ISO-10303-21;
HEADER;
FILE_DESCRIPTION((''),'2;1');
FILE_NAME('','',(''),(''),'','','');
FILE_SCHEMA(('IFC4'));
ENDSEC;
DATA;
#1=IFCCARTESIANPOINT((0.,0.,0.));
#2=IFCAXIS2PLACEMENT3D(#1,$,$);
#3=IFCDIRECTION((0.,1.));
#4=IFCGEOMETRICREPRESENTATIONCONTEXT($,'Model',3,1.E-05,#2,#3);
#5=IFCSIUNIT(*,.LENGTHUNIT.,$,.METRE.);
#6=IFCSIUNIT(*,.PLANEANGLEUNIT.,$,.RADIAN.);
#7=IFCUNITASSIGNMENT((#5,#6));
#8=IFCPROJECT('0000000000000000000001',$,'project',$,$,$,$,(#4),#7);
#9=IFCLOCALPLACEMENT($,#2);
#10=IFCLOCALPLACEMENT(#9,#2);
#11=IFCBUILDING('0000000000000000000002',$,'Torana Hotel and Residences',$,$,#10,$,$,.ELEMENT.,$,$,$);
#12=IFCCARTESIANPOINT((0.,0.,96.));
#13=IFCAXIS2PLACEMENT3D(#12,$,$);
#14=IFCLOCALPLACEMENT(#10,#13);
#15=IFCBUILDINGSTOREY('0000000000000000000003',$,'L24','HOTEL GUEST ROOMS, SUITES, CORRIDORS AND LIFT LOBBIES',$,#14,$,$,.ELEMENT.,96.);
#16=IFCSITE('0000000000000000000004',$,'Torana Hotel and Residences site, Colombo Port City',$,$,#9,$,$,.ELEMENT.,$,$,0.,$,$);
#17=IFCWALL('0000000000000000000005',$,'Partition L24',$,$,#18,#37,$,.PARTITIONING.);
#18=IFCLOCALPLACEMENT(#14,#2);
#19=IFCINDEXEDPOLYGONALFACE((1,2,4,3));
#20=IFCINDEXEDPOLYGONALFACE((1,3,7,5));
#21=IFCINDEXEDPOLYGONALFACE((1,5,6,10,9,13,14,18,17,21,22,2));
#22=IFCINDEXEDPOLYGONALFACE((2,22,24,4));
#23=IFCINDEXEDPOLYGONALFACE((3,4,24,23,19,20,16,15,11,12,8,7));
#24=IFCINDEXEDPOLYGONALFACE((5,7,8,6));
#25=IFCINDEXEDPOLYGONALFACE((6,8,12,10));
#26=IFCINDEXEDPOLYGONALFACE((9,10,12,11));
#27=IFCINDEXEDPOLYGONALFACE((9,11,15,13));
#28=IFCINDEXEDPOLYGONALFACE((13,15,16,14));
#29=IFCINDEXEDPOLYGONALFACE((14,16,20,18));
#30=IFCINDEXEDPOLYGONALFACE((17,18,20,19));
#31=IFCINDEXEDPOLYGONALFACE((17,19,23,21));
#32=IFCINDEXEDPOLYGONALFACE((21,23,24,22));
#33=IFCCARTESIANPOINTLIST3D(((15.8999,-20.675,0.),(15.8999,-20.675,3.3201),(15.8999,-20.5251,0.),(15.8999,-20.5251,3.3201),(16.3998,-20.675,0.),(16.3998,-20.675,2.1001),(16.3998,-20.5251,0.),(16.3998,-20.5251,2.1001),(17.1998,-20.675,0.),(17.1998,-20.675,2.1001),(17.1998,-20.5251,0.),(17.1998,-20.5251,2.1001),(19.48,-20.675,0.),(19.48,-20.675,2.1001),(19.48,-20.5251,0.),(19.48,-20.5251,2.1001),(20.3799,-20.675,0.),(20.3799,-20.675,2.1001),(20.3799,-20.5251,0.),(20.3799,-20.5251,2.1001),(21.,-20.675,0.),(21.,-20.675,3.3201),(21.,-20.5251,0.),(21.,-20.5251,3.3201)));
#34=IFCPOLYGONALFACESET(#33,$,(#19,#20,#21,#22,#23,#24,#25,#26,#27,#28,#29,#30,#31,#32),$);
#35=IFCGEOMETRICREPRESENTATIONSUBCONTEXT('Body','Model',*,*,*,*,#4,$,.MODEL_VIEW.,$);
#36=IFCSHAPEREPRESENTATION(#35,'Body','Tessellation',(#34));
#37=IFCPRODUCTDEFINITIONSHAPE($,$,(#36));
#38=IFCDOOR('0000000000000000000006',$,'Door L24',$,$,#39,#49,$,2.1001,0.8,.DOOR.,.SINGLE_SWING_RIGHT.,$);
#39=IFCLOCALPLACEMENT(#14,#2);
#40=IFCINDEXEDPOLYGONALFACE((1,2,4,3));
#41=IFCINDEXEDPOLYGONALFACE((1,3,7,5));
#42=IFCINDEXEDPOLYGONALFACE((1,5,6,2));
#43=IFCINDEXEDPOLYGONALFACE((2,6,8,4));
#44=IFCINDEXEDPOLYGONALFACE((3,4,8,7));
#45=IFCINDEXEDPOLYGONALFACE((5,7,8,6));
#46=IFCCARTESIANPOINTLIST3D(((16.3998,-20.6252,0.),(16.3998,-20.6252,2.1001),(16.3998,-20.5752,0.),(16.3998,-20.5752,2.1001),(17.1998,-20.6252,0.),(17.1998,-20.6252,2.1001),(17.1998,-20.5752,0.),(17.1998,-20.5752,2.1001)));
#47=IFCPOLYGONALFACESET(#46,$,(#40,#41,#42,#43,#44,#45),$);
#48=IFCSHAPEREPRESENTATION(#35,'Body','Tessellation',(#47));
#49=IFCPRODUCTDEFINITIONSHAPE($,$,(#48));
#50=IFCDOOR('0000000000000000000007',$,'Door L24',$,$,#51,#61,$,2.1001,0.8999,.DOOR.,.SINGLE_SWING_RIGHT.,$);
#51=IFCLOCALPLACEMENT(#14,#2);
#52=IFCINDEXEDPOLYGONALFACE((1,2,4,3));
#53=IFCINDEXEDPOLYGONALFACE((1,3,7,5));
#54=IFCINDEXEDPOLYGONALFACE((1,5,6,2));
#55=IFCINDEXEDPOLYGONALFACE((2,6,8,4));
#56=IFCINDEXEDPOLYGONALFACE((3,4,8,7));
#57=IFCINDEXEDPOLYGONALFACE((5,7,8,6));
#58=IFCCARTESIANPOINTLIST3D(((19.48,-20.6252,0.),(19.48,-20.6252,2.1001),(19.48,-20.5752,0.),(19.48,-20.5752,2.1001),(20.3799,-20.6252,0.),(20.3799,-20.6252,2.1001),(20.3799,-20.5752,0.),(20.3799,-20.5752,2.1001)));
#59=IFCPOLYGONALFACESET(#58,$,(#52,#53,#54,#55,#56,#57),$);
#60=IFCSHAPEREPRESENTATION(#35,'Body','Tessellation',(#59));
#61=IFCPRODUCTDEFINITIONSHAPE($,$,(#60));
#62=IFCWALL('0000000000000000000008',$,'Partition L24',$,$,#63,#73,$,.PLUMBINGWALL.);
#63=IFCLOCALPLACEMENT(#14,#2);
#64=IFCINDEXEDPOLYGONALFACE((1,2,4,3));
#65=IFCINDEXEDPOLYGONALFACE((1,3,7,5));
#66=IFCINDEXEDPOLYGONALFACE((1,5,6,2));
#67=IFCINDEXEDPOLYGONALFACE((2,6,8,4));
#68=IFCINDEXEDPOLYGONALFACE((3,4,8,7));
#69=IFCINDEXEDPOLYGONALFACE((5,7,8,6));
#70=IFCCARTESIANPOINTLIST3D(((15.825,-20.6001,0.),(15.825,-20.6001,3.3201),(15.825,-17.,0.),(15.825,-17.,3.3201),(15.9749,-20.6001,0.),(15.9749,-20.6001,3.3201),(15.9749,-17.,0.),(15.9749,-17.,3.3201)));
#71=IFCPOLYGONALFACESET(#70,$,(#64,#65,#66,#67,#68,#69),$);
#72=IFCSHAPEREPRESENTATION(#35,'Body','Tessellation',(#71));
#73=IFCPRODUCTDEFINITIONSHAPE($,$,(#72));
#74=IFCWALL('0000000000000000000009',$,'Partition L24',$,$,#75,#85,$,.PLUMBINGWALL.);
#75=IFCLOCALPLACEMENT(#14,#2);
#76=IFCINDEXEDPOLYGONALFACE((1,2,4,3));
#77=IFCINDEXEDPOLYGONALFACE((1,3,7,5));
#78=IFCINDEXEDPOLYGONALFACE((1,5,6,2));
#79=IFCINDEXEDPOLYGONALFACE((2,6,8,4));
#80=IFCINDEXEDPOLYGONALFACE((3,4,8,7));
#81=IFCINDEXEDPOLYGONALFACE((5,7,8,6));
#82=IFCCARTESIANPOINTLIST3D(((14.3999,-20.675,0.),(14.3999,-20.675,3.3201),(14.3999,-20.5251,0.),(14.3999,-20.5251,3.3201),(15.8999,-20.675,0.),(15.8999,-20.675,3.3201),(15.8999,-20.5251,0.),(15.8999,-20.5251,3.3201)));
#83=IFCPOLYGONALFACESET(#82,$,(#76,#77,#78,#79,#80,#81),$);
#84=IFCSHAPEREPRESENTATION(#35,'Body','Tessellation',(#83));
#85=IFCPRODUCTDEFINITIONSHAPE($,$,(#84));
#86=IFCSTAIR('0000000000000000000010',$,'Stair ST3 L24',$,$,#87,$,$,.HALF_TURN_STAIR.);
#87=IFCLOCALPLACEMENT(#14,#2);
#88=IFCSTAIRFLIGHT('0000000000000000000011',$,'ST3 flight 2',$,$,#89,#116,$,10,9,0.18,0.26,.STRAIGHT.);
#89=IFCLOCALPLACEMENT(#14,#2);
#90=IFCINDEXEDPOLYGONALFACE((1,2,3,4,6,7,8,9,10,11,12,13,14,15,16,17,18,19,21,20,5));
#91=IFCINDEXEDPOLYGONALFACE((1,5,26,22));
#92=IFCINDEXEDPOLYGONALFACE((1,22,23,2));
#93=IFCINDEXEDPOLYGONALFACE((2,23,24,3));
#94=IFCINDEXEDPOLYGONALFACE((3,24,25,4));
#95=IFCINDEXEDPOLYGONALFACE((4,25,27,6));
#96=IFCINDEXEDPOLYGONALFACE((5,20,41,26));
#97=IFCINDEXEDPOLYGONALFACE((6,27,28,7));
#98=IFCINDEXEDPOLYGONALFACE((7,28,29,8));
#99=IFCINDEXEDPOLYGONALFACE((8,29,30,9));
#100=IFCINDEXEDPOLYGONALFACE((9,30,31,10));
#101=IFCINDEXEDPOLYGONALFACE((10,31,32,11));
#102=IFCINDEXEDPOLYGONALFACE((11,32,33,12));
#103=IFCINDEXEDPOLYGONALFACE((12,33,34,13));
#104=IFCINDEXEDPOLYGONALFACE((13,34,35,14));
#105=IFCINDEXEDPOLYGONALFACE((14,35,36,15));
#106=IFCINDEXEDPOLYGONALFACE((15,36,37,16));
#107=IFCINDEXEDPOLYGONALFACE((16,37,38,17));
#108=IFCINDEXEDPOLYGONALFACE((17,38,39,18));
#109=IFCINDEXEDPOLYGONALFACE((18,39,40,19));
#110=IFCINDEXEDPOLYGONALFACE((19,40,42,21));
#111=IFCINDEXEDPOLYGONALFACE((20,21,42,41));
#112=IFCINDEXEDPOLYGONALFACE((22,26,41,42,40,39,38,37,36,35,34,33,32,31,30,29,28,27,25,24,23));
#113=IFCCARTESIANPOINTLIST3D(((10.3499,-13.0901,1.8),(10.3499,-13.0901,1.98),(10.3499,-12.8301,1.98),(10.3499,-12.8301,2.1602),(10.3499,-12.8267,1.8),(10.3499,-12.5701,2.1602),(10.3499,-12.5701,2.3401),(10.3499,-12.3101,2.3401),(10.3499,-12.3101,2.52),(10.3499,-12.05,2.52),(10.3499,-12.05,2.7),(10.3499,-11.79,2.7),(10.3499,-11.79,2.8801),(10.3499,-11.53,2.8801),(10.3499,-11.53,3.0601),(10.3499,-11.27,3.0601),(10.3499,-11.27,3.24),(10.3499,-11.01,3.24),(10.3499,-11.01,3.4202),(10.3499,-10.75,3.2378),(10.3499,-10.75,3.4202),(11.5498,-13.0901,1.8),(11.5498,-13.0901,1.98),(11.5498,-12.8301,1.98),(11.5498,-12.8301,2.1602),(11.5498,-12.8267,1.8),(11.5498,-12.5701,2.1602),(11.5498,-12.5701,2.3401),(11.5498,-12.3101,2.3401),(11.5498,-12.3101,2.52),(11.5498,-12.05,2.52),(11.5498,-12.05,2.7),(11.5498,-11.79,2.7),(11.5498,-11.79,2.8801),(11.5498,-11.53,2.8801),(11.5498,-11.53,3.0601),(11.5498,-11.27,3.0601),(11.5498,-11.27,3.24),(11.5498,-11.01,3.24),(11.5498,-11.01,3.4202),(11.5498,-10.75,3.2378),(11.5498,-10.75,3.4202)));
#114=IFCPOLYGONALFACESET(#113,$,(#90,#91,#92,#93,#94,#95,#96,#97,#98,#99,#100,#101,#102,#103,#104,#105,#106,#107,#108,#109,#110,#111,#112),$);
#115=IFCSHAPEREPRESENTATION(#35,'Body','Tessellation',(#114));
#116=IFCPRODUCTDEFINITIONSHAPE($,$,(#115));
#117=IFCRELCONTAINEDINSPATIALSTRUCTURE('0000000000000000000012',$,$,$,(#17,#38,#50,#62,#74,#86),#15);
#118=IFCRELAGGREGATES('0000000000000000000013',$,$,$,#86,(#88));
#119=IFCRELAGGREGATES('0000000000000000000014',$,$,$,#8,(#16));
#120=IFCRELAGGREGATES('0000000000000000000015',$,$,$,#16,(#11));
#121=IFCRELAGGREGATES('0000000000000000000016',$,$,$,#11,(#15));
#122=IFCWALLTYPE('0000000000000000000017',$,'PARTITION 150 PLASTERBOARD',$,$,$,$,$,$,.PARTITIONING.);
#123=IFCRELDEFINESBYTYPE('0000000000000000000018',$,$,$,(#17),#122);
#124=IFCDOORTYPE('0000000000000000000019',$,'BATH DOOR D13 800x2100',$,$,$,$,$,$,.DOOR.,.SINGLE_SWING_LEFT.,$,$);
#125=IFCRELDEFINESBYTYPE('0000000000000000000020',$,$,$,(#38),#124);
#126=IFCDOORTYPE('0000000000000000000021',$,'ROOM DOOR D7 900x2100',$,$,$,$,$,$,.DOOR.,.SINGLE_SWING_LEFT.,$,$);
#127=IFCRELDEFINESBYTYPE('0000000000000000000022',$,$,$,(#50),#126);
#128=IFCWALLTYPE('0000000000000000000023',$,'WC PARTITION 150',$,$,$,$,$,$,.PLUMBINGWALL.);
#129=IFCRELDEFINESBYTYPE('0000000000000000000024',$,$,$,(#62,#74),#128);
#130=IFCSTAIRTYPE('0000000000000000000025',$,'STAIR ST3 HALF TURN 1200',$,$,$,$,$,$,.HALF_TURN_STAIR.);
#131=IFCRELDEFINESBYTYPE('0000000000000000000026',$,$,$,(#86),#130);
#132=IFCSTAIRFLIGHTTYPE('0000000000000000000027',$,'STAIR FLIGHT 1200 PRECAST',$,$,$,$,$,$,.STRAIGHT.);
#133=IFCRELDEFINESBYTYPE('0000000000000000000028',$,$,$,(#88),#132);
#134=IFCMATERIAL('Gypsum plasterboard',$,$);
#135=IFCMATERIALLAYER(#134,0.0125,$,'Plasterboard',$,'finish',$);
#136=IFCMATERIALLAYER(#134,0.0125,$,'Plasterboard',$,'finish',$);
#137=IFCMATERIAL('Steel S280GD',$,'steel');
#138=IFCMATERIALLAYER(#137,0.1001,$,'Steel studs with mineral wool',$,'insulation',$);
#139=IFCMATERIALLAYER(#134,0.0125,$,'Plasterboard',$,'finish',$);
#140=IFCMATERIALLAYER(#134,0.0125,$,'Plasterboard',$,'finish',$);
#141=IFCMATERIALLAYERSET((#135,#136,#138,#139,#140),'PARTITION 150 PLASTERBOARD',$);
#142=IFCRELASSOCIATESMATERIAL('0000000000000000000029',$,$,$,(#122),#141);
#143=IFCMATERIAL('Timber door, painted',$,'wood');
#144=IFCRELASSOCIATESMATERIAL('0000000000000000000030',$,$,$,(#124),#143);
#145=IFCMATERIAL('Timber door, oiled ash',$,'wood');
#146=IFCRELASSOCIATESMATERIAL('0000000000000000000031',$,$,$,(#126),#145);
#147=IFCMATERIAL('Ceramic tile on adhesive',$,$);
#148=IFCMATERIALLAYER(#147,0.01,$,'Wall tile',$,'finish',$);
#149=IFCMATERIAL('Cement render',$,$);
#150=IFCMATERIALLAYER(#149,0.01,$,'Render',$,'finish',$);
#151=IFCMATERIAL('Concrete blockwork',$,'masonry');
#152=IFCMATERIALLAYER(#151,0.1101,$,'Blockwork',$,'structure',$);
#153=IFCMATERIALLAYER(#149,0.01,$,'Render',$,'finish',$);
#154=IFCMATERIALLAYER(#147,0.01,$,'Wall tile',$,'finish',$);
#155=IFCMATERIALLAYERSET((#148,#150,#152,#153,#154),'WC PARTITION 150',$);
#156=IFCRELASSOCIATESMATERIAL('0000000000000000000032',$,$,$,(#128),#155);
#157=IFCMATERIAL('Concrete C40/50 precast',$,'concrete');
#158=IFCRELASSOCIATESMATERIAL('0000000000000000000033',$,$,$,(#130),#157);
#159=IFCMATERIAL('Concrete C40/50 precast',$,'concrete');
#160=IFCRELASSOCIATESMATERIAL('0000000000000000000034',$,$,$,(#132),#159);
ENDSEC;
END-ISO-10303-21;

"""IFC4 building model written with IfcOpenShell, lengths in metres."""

from ifc_helpers import new_model, si_unit, direction, frame, frame_2d, origin, place, context, subcontext, project, spatial, polyline, rectangle, outline, extrude, material, layer, layer_set, type_object, element, fill, aggregate, save


model = new_model("IFC4")

# Units and contexts
model_context = context("Model", 3, precision=1e-05, world=origin(), true_north=direction((0.0, 1.0)))
body_context = subcontext(model_context, "Body", "Model", "MODEL_VIEW")
ifc_project = project(units=[si_unit("LENGTHUNIT", "METRE"), si_unit("PLANEANGLEUNIT", "RADIAN")], contexts=[model_context])

# Site, building, storey
site_placement = place(None, origin())
site = spatial("IfcSite", under=ifc_project, at=site_placement, Name="Torana Hotel and Residences site, Colombo Port City", CompositionType="ELEMENT", RefElevation=0.0)
building_placement = place(site_placement, origin())
building = spatial("IfcBuilding", under=site, at=building_placement, Name="Torana Hotel and Residences", CompositionType="ELEMENT")
storey_placement = place(building_placement, frame((0.0, 0.0, 96.0)))
storey = spatial("IfcBuildingStorey", under=building, at=storey_placement, Name="L24", Description="HOTEL GUEST ROOMS, SUITES, CORRIDORS AND LIFT LOBBIES", CompositionType="ELEMENT", Elevation=96.0)

# Shared definitions
ifc_material_1 = material(Name="Concrete blockwork", Category="masonry")

# Wall, openings, doors
ifc_material_2 = material(Name="Gypsum plasterboard")
ifc_layer_1 = layer(ifc_material_2, 0.0125, Name="Plasterboard", Category="finish")
ifc_layer_2 = layer(ifc_material_2, 0.0125, Name="Plasterboard", Category="finish")
ifc_material_3 = material(Name="Steel S280GD", Category="steel")
ifc_layer_3 = layer(ifc_material_3, 0.1001, Name="Steel studs with mineral wool", Category="insulation")
ifc_layer_4 = layer(ifc_material_2, 0.0125, Name="Plasterboard", Category="finish")
ifc_layer_5 = layer(ifc_material_2, 0.0125, Name="Plasterboard", Category="finish")
ifc_layer_set_1 = layer_set([ifc_layer_1, ifc_layer_2, ifc_layer_3, ifc_layer_4, ifc_layer_5], Name="PARTITION 150 PLASTERBOARD")
wall_type_1 = type_object("IfcWallType", Name="PARTITION 150 PLASTERBOARD", PredefinedType="PARTITIONING", material=ifc_layer_set_1)
wall_1_placement = place(storey_placement, frame((15.8999, -20.6001, 0.0), z_axis=(0.0, 0.0, 1.0), x_axis=(1.0, 0.0, 0.0)))
wall_1 = element("IfcWall", 1, at=wall_1_placement, inside=storey, type_object=wall_type_1, Name="Partition L24", PredefinedType="PARTITIONING", context=body_context, shape_type="SweptSolid", body=[
    extrude(rectangle(XDim=5.1001, YDim=0.1499, at=frame_2d((2.55, 0.0))), origin(), (0.0, 0.0, 1.0), 3.3201),
])
opening_1_placement = place(wall_1_placement, frame((0.5, 0.0, 0.0)))
opening_1 = element("IfcOpeningElement", 2, at=opening_1_placement, cuts=wall_1, PredefinedType="OPENING", context=body_context, shape_type="SweptSolid", body=[
    extrude(rectangle(XDim=0.8, YDim=2.1001, at=frame_2d((0.3999, 1.05))), frame((0.0, 0.085, 0.0), z_axis=(0.0, -1.0, 0.0), x_axis=(1.0, 0.0, 0.0)), (0.0, 0.0, 1.0), 0.1699),
])
opening_2_placement = place(wall_1_placement, frame((3.5801, 0.0, 0.0)))
opening_2 = element("IfcOpeningElement", 3, at=opening_2_placement, cuts=wall_1, PredefinedType="OPENING", context=body_context, shape_type="SweptSolid", body=[
    extrude(rectangle(XDim=0.8999, YDim=2.1001, at=frame_2d((0.45, 1.05))), frame((0.0, 0.085, 0.0), z_axis=(0.0, -1.0, 0.0), x_axis=(1.0, 0.0, 0.0)), (0.0, 0.0, 1.0), 0.1699),
])
ifc_material_4 = material(Name="Timber door, painted", Category="wood")
door_type_1 = type_object("IfcDoorType", Name="BATH DOOR D13 800x2100", OperationType="SINGLE_SWING_LEFT", PredefinedType="DOOR", material=ifc_material_4)
door_1_placement = place(opening_1_placement, origin())
door_1 = element("IfcDoor", 4, at=door_1_placement, inside=storey, type_object=door_type_1, Name="Door L24", OperationType="SINGLE_SWING_RIGHT", OverallHeight=2.1001, OverallWidth=0.8, PredefinedType="DOOR", context=body_context, shape_type="SweptSolid", body=[
    extrude(rectangle(XDim=0.8, YDim=2.1001, at=frame_2d((0.3999, 1.05))), frame((0.0, 0.0249, 0.0), z_axis=(0.0, -1.0, 0.0), x_axis=(1.0, 0.0, 0.0)), (0.0, 0.0, 1.0), 0.05),
])
fill(opening_1, door_1)
ifc_material_5 = material(Name="Timber door, oiled ash", Category="wood")
door_type_2 = type_object("IfcDoorType", Name="ROOM DOOR D7 900x2100", OperationType="SINGLE_SWING_LEFT", PredefinedType="DOOR", material=ifc_material_5)
door_2_placement = place(opening_2_placement, origin())
door_2 = element("IfcDoor", 5, at=door_2_placement, inside=storey, type_object=door_type_2, Name="Door L24", OperationType="SINGLE_SWING_RIGHT", OverallHeight=2.1001, OverallWidth=0.8999, PredefinedType="DOOR", context=body_context, shape_type="SweptSolid", body=[
    extrude(rectangle(XDim=0.8999, YDim=2.1001, at=frame_2d((0.45, 1.05))), frame((0.0, 0.0249, 0.0), z_axis=(0.0, -1.0, 0.0), x_axis=(1.0, 0.0, 0.0)), (0.0, 0.0, 1.0), 0.05),
])
fill(opening_2, door_2)

# Walls
ifc_material_6 = material(Name="Ceramic tile on adhesive")
ifc_layer_6 = layer(ifc_material_6, 0.01, Name="Wall tile", Category="finish")
ifc_material_7 = material(Name="Cement render")
ifc_layer_7 = layer(ifc_material_7, 0.01, Name="Render", Category="finish")
ifc_layer_8 = layer(ifc_material_1, 0.1101, Name="Blockwork", Category="structure")
ifc_layer_9 = layer(ifc_material_7, 0.01, Name="Render", Category="finish")
ifc_layer_10 = layer(ifc_material_6, 0.01, Name="Wall tile", Category="finish")
ifc_layer_set_2 = layer_set([ifc_layer_6, ifc_layer_7, ifc_layer_8, ifc_layer_9, ifc_layer_10], Name="WC PARTITION 150")
wall_type_2 = type_object("IfcWallType", Name="WC PARTITION 150", PredefinedType="PLUMBINGWALL", material=ifc_layer_set_2)
wall_2_placement = place(storey_placement, frame((15.8999, -20.6001, 0.0), z_axis=(0.0, 0.0, 1.0), x_axis=(0.0, 1.0, 0.0)))
element("IfcWall", 6, at=wall_2_placement, inside=storey, type_object=wall_type_2, Name="Partition L24", PredefinedType="PLUMBINGWALL", context=body_context, shape_type="SweptSolid", body=[
    extrude(rectangle(XDim=3.6001, YDim=0.1499, at=frame_2d((1.8, 0.0))), origin(), (0.0, 0.0, 1.0), 3.3201),
])
wall_3_placement = place(storey_placement, frame((14.3999, -20.6001, 0.0), z_axis=(0.0, 0.0, 1.0), x_axis=(1.0, 0.0, 0.0)))
element("IfcWall", 7, at=wall_3_placement, inside=storey, type_object=wall_type_2, Name="Partition L24", PredefinedType="PLUMBINGWALL", context=body_context, shape_type="SweptSolid", body=[
    extrude(rectangle(XDim=1.5, YDim=0.1499, at=frame_2d((0.75, 0.0))), origin(), (0.0, 0.0, 1.0), 3.3201),
])

# Stair, stair flight
ifc_material_8 = material(Name="Concrete C40/50 precast", Category="concrete")
stair_type = type_object("IfcStairType", Name="STAIR ST3 HALF TURN 1200", PredefinedType="HALF_TURN_STAIR", material=ifc_material_8)
stair_placement = place(storey_placement, origin())
stair = element("IfcStair", 8, at=stair_placement, inside=storey, type_object=stair_type, Name="Stair ST3 L24", PredefinedType="HALF_TURN_STAIR")
ifc_material_9 = material(Name="Concrete C40/50 precast", Category="concrete")
stair_flight_type = type_object("IfcStairFlightType", Name="STAIR FLIGHT 1200 PRECAST", PredefinedType="STRAIGHT", material=ifc_material_9)
stair_flight_placement = place(storey_placement, frame((10.95, -13.0901, 1.8), z_axis=(0.0, 0.0, 1.0), x_axis=(0.0, 1.0, 0.0)))
stair_flight = element("IfcStairFlight", 9, at=stair_flight_placement, type_object=stair_flight_type, Name="ST3 flight 2", NumberOfRisers=10, NumberOfTreads=9, PredefinedType="STRAIGHT", RiserHeight=0.18, TreadLength=0.26, context=body_context, shape_type="SweptSolid", body=[
    extrude(outline(polyline([(0.0, 0.0), (0.0, 0.1799), (0.26, 0.1799), (0.26, 0.3601), (0.52, 0.3601), (0.52, 0.54), (0.78, 0.54), (0.78, 0.72), (1.04, 0.72), (1.04, 0.8999), (1.3, 0.8999), (1.3, 1.0801), (1.5601, 1.0801), (1.5601, 1.26), (1.8201, 1.26), (1.8201, 1.4399), (2.0801, 1.4399), (2.0801, 1.6201), (2.3401, 1.6201), (2.3401, 1.8), (2.3401, 1.4377), (0.2634, 0.0), (0.0, 0.0)])), frame((0.0, 0.6001, 0.0), z_axis=(0.0, -1.0, 0.0), x_axis=(1.0, 0.0, 0.0)), (0.0, 0.0, 1.0), 1.2),
])
aggregate(stair, [stair_flight])

save(model, "model.ifc")
